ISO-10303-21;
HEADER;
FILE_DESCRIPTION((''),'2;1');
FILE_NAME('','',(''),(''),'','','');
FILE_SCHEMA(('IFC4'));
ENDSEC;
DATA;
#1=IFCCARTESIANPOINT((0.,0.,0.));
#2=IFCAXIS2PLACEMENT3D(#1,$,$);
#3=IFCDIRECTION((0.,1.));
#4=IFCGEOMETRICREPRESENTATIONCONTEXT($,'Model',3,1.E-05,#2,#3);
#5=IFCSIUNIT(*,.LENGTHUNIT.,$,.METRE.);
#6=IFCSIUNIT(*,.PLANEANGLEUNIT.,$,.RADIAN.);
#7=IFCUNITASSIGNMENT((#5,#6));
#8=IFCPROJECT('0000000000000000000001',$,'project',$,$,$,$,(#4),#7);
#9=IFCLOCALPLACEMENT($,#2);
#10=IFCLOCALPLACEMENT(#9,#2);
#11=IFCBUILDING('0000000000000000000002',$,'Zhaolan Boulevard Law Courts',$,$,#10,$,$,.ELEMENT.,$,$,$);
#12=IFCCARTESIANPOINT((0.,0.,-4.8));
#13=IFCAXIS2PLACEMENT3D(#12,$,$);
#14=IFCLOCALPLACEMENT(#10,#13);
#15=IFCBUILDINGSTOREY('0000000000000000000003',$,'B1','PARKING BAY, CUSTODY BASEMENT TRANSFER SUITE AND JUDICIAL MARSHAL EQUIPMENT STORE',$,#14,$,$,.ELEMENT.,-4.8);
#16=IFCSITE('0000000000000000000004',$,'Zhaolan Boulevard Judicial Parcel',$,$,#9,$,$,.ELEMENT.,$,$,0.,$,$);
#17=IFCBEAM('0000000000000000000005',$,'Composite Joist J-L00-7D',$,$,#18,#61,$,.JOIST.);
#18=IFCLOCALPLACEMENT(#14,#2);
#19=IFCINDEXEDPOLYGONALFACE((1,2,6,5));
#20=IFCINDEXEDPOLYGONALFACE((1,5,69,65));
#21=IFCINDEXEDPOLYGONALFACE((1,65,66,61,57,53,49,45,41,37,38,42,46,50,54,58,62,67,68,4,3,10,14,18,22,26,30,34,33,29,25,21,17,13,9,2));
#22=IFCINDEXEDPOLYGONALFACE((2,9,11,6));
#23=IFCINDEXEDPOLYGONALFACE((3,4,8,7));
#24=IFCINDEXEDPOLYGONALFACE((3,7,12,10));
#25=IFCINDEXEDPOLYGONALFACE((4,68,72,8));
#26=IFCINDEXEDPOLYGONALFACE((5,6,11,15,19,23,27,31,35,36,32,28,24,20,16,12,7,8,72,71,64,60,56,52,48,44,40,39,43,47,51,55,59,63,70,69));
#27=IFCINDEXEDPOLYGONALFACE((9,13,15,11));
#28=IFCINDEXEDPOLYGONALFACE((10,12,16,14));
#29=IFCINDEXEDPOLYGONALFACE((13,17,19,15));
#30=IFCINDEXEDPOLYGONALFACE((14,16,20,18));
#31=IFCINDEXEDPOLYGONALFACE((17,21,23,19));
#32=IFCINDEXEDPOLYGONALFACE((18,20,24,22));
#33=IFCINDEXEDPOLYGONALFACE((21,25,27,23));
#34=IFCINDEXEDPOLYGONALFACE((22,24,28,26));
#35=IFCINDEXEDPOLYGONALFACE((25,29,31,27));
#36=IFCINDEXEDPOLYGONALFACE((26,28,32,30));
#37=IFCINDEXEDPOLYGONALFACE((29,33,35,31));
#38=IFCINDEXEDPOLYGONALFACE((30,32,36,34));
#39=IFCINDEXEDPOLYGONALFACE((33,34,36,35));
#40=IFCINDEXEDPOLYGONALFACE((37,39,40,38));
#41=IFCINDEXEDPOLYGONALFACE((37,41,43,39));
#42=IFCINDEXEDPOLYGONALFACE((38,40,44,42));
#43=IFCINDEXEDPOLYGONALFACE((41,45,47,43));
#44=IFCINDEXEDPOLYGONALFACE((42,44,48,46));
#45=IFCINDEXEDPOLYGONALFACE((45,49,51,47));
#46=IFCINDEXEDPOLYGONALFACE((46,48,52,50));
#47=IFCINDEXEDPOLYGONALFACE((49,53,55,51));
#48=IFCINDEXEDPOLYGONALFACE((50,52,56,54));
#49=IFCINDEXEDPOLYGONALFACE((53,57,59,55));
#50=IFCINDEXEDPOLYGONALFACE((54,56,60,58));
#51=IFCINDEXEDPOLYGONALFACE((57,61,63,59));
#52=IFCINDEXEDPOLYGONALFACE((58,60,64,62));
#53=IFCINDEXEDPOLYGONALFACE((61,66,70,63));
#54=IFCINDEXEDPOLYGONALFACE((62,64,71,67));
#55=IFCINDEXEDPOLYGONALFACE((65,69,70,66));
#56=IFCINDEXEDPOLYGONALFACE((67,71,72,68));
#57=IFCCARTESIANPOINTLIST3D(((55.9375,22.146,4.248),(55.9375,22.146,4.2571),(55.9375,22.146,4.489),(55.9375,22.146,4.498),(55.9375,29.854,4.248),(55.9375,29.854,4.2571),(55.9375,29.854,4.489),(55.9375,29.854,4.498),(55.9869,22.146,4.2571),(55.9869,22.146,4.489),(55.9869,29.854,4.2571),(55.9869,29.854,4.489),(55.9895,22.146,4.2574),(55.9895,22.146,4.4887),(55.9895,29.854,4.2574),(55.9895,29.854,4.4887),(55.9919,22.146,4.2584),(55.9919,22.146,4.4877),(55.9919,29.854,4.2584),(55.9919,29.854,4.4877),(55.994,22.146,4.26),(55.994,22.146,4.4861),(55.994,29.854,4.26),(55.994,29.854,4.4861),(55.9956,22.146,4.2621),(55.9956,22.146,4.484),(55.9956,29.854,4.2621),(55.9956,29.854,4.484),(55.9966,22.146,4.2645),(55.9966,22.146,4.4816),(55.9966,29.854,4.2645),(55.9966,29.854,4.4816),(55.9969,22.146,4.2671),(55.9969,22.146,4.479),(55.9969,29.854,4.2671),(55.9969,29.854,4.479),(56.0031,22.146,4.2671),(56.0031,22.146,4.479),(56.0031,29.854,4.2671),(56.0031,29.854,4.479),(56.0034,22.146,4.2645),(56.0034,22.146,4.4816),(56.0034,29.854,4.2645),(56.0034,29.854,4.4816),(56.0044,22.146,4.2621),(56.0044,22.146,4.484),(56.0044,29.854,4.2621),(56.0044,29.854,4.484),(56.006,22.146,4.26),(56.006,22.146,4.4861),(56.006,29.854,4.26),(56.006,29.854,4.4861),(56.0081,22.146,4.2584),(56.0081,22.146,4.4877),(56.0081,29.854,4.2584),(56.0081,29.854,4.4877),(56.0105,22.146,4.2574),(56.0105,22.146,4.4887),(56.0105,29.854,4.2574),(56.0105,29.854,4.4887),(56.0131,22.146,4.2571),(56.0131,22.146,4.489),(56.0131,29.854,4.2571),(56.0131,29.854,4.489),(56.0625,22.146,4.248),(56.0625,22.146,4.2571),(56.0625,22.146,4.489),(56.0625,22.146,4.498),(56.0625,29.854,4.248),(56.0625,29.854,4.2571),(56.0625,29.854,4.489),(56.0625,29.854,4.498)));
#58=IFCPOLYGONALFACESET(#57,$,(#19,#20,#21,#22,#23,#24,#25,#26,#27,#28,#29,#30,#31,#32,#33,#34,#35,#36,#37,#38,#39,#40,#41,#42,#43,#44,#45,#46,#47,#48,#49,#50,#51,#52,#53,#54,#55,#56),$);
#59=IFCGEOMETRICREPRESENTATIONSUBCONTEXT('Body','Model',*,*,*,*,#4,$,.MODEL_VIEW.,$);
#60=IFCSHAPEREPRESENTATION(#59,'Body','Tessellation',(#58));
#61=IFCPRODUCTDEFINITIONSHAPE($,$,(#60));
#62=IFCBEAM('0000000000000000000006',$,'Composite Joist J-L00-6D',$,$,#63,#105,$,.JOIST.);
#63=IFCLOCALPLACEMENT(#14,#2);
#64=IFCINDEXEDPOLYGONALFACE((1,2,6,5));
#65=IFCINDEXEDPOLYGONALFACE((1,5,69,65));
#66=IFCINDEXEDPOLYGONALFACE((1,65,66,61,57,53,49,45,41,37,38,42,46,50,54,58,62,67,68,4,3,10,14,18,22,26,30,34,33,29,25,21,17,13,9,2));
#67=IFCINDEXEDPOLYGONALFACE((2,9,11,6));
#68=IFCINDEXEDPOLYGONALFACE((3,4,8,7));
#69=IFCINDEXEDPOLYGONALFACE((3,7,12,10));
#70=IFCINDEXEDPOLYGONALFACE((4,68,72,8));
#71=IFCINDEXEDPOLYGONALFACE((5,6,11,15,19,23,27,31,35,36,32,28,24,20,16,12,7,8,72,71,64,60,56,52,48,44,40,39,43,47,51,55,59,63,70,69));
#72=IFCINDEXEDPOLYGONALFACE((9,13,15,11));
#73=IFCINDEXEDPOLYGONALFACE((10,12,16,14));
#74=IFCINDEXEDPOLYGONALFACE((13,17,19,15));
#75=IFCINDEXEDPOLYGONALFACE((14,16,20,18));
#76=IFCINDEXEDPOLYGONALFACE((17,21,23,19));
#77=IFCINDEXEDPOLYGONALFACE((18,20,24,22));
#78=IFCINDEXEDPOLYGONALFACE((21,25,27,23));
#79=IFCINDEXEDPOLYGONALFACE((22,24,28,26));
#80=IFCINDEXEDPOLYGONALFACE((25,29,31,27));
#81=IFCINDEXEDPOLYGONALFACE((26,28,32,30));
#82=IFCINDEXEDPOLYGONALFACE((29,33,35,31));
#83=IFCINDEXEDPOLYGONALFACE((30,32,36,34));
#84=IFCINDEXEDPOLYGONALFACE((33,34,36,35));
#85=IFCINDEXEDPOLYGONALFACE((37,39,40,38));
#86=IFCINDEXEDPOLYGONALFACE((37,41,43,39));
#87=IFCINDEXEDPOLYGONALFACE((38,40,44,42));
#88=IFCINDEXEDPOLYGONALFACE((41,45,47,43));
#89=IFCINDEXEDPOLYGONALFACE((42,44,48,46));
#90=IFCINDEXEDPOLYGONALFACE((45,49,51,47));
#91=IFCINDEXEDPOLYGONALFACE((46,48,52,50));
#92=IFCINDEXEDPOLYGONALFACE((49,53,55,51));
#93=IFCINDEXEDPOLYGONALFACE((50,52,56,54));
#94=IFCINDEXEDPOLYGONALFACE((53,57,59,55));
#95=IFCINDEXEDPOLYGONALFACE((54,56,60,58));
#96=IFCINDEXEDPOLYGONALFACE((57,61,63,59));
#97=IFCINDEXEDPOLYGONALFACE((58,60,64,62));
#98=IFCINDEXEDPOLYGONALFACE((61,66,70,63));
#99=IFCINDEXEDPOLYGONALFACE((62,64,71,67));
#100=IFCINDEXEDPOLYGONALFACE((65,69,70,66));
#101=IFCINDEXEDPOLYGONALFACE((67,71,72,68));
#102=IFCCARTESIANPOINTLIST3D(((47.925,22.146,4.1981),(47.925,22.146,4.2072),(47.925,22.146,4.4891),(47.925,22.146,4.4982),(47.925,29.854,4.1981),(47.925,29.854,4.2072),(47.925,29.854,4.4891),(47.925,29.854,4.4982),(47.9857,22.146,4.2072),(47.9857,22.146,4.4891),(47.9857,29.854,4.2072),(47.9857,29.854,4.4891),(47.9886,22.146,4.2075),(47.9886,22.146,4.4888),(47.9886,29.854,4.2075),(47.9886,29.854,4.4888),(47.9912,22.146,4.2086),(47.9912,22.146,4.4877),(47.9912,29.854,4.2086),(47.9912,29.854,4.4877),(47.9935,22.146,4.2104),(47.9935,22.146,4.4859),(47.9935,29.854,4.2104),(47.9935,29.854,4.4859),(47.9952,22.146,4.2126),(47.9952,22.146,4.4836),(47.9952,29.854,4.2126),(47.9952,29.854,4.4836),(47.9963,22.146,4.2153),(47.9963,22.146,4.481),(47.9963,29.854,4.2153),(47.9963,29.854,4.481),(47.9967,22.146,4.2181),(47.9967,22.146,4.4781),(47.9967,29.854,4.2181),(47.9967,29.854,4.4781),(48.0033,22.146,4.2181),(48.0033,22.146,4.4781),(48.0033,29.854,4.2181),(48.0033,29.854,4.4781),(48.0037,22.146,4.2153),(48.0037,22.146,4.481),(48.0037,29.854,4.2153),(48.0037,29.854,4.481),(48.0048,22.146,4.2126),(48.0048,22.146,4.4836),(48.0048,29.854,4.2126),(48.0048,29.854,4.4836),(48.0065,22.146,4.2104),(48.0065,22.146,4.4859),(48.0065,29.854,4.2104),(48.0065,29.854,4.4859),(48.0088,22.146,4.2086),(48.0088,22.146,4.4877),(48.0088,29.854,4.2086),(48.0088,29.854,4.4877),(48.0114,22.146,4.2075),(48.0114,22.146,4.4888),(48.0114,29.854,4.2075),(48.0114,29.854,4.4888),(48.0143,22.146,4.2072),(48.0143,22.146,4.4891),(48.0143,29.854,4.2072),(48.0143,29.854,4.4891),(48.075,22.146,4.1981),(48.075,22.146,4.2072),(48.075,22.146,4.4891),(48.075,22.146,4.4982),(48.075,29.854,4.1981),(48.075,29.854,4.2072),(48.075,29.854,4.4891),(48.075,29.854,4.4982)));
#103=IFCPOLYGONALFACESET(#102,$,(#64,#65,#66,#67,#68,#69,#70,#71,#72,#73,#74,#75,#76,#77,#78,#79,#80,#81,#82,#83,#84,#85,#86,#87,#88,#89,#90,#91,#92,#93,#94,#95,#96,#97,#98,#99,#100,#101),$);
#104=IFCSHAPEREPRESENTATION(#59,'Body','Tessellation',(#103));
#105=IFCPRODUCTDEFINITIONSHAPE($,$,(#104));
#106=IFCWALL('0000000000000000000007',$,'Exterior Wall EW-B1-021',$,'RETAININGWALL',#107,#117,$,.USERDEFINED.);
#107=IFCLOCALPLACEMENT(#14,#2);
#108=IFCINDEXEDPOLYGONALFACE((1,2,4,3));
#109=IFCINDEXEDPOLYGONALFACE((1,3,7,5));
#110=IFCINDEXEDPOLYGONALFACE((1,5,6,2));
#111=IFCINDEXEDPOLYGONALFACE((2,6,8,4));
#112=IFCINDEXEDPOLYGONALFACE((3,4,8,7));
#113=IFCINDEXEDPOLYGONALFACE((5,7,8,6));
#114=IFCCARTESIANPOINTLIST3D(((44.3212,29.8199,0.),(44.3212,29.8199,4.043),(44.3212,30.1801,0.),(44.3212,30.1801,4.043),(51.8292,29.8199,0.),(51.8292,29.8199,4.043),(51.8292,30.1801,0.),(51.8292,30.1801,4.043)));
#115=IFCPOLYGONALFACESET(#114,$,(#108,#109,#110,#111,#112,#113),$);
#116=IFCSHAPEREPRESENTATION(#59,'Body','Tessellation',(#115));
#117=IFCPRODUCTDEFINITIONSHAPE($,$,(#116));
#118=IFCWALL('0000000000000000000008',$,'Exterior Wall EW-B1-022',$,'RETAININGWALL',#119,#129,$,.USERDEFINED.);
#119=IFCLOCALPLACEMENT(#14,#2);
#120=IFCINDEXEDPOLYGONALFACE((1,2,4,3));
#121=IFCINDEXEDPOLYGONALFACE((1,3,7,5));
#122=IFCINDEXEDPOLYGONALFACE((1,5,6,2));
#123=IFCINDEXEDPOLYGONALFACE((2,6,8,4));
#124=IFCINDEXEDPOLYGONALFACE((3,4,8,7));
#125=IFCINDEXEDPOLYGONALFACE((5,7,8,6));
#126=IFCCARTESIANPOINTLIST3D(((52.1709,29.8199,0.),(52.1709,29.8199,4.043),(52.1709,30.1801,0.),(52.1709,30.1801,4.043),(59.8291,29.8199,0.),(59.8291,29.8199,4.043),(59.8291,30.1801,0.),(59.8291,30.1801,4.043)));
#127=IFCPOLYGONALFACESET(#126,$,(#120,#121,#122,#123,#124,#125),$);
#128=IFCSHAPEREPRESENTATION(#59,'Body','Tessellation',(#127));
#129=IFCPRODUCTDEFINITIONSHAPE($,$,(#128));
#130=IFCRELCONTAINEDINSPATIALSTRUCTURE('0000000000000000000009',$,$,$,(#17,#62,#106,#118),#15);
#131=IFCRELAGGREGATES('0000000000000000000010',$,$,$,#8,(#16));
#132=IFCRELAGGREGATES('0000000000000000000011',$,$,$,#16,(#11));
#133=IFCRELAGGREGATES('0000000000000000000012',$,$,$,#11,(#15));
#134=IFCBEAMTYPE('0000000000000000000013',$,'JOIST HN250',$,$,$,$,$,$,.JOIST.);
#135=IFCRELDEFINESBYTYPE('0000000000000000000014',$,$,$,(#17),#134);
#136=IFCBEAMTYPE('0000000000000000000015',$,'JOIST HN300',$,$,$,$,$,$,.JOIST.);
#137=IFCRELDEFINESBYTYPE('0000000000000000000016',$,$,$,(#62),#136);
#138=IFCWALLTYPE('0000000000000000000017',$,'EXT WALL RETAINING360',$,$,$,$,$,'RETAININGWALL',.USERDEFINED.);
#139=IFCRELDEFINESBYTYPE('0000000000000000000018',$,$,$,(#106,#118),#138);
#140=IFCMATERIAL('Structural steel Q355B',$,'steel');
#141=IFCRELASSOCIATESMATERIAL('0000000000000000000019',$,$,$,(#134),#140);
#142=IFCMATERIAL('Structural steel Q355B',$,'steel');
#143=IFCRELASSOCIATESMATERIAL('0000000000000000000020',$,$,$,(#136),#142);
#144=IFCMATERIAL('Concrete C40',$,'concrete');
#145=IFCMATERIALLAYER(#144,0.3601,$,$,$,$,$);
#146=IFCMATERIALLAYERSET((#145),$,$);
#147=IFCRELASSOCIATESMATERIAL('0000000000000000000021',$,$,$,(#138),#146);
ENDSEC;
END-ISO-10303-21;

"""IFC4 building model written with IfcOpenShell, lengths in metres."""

from ifc_helpers import new_model, si_unit, direction, frame, frame_2d, origin, origin_2d, place, context, subcontext, project, spatial, rectangle, i_section, extrude, material, layer, layer_set, material_profile, profile_set, type_object, element, save


model = new_model("IFC4")

# Units and contexts
model_context = context("Model", 3, precision=1e-05, world=origin(), true_north=direction((0.0, 1.0)))
body_context = subcontext(model_context, "Body", "Model", "MODEL_VIEW")
ifc_project = project(units=[si_unit("LENGTHUNIT", "METRE"), si_unit("PLANEANGLEUNIT", "RADIAN")], contexts=[model_context])

# Site, building, storey
site_placement = place(None, origin())
site = spatial("IfcSite", under=ifc_project, at=site_placement, Name="Zhaolan Boulevard Judicial Parcel", CompositionType="ELEMENT", RefElevation=0.0)
building_placement = place(site_placement, origin())
building = spatial("IfcBuilding", under=site, at=building_placement, Name="Zhaolan Boulevard Law Courts", CompositionType="ELEMENT")
storey_placement = place(building_placement, frame((0.0, 0.0, -4.8)))
storey = spatial("IfcBuildingStorey", under=building, at=storey_placement, Name="B1", Description="PARKING BAY, CUSTODY BASEMENT TRANSFER SUITE AND JUDICIAL MARSHAL EQUIPMENT STORE", CompositionType="ELEMENT", Elevation=-4.8)

# Beams
ifc_material_1 = material(Name="Structural steel Q355B", Category="steel")
ifc_material_profile_1 = material_profile(ifc_material_1, i_section(OverallWidth=0.125, OverallDepth=0.25, WebThickness=0.0061, FlangeThickness=0.009, FilletRadius=0.01, at=origin_2d()), Name="HN250x125")
ifc_profile_set_1 = profile_set([ifc_material_profile_1], Name="Structural steel Q355B")
beam_type_1 = type_object("IfcBeamType", Name="JOIST HN250", PredefinedType="JOIST", material=ifc_profile_set_1)
for number, where, z_axis, x_axis, name in (
    (1, (56.0, 22.146, 4.373), (0.0, 1.0, 0.0), (-1.0, 0.0, 0.0), "Composite Joist J-L00-7D"),
):
    element("IfcBeam", number, at=place(storey_placement, frame(where, z_axis=z_axis, x_axis=x_axis)), inside=storey, type_object=beam_type_1, Name=name, PredefinedType="JOIST", context=body_context, shape_type="SweptSolid", body=[
        extrude(i_section(OverallWidth=0.125, OverallDepth=0.25, WebThickness=0.0061, FlangeThickness=0.009, FilletRadius=0.01, at=origin_2d()), origin(), (0.0, 0.0, 1.0), 7.708),
    ])
ifc_material_2 = material(Name="Structural steel Q355B", Category="steel")
ifc_material_profile_2 = material_profile(ifc_material_2, i_section(OverallWidth=0.1499, OverallDepth=0.3, WebThickness=0.0066, FlangeThickness=0.009, FilletRadius=0.011, at=origin_2d()), Name="HN300x150")
ifc_profile_set_2 = profile_set([ifc_material_profile_2], Name="Structural steel Q355B")
beam_type_2 = type_object("IfcBeamType", Name="JOIST HN300", PredefinedType="JOIST", material=ifc_profile_set_2)
beam_1_placement = place(storey_placement, frame((48.0, 22.146, 4.3481), z_axis=(0.0, 1.0, 0.0), x_axis=(-1.0, 0.0, 0.0)))
element("IfcBeam", 2, at=beam_1_placement, inside=storey, type_object=beam_type_2, Name="Composite Joist J-L00-6D", PredefinedType="JOIST", context=body_context, shape_type="SweptSolid", body=[
    extrude(i_section(OverallWidth=0.1499, OverallDepth=0.3, WebThickness=0.0066, FlangeThickness=0.009, FilletRadius=0.011, at=origin_2d()), origin(), (0.0, 0.0, 1.0), 7.708),
])

# Walls
ifc_material_3 = material(Name="Concrete C40", Category="concrete")
ifc_layer = layer(ifc_material_3, 0.3601)
ifc_layer_set = layer_set([ifc_layer])
wall_type = type_object("IfcWallType", Name="EXT WALL RETAINING360", ElementType="RETAININGWALL", PredefinedType="USERDEFINED", material=ifc_layer_set)
wall_1_placement = place(storey_placement, frame((51.8291, 30.0, 0.0), z_axis=(0.0, 0.0, 1.0), x_axis=(-1.0, 0.0, 0.0)))
element("IfcWall", 3, at=wall_1_placement, inside=storey, type_object=wall_type, Name="Exterior Wall EW-B1-021", ObjectType="RETAININGWALL", PredefinedType="USERDEFINED", context=body_context, shape_type="SweptSolid", body=[
    extrude(rectangle(XDim=7.5081, YDim=0.3601, at=frame_2d((3.7539, 0.0))), origin(), (0.0, 0.0, 1.0), 4.043),
])
wall_2_placement = place(storey_placement, frame((59.8291, 30.0, 0.0), z_axis=(0.0, 0.0, 1.0), x_axis=(-1.0, 0.0, 0.0)))
element("IfcWall", 4, at=wall_2_placement, inside=storey, type_object=wall_type, Name="Exterior Wall EW-B1-022", ObjectType="RETAININGWALL", PredefinedType="USERDEFINED", context=body_context, shape_type="SweptSolid", body=[
    extrude(rectangle(XDim=7.6582, YDim=0.3601, at=frame_2d((3.8291, 0.0))), origin(), (0.0, 0.0, 1.0), 4.043),
])

save(model, "model.ifc")
